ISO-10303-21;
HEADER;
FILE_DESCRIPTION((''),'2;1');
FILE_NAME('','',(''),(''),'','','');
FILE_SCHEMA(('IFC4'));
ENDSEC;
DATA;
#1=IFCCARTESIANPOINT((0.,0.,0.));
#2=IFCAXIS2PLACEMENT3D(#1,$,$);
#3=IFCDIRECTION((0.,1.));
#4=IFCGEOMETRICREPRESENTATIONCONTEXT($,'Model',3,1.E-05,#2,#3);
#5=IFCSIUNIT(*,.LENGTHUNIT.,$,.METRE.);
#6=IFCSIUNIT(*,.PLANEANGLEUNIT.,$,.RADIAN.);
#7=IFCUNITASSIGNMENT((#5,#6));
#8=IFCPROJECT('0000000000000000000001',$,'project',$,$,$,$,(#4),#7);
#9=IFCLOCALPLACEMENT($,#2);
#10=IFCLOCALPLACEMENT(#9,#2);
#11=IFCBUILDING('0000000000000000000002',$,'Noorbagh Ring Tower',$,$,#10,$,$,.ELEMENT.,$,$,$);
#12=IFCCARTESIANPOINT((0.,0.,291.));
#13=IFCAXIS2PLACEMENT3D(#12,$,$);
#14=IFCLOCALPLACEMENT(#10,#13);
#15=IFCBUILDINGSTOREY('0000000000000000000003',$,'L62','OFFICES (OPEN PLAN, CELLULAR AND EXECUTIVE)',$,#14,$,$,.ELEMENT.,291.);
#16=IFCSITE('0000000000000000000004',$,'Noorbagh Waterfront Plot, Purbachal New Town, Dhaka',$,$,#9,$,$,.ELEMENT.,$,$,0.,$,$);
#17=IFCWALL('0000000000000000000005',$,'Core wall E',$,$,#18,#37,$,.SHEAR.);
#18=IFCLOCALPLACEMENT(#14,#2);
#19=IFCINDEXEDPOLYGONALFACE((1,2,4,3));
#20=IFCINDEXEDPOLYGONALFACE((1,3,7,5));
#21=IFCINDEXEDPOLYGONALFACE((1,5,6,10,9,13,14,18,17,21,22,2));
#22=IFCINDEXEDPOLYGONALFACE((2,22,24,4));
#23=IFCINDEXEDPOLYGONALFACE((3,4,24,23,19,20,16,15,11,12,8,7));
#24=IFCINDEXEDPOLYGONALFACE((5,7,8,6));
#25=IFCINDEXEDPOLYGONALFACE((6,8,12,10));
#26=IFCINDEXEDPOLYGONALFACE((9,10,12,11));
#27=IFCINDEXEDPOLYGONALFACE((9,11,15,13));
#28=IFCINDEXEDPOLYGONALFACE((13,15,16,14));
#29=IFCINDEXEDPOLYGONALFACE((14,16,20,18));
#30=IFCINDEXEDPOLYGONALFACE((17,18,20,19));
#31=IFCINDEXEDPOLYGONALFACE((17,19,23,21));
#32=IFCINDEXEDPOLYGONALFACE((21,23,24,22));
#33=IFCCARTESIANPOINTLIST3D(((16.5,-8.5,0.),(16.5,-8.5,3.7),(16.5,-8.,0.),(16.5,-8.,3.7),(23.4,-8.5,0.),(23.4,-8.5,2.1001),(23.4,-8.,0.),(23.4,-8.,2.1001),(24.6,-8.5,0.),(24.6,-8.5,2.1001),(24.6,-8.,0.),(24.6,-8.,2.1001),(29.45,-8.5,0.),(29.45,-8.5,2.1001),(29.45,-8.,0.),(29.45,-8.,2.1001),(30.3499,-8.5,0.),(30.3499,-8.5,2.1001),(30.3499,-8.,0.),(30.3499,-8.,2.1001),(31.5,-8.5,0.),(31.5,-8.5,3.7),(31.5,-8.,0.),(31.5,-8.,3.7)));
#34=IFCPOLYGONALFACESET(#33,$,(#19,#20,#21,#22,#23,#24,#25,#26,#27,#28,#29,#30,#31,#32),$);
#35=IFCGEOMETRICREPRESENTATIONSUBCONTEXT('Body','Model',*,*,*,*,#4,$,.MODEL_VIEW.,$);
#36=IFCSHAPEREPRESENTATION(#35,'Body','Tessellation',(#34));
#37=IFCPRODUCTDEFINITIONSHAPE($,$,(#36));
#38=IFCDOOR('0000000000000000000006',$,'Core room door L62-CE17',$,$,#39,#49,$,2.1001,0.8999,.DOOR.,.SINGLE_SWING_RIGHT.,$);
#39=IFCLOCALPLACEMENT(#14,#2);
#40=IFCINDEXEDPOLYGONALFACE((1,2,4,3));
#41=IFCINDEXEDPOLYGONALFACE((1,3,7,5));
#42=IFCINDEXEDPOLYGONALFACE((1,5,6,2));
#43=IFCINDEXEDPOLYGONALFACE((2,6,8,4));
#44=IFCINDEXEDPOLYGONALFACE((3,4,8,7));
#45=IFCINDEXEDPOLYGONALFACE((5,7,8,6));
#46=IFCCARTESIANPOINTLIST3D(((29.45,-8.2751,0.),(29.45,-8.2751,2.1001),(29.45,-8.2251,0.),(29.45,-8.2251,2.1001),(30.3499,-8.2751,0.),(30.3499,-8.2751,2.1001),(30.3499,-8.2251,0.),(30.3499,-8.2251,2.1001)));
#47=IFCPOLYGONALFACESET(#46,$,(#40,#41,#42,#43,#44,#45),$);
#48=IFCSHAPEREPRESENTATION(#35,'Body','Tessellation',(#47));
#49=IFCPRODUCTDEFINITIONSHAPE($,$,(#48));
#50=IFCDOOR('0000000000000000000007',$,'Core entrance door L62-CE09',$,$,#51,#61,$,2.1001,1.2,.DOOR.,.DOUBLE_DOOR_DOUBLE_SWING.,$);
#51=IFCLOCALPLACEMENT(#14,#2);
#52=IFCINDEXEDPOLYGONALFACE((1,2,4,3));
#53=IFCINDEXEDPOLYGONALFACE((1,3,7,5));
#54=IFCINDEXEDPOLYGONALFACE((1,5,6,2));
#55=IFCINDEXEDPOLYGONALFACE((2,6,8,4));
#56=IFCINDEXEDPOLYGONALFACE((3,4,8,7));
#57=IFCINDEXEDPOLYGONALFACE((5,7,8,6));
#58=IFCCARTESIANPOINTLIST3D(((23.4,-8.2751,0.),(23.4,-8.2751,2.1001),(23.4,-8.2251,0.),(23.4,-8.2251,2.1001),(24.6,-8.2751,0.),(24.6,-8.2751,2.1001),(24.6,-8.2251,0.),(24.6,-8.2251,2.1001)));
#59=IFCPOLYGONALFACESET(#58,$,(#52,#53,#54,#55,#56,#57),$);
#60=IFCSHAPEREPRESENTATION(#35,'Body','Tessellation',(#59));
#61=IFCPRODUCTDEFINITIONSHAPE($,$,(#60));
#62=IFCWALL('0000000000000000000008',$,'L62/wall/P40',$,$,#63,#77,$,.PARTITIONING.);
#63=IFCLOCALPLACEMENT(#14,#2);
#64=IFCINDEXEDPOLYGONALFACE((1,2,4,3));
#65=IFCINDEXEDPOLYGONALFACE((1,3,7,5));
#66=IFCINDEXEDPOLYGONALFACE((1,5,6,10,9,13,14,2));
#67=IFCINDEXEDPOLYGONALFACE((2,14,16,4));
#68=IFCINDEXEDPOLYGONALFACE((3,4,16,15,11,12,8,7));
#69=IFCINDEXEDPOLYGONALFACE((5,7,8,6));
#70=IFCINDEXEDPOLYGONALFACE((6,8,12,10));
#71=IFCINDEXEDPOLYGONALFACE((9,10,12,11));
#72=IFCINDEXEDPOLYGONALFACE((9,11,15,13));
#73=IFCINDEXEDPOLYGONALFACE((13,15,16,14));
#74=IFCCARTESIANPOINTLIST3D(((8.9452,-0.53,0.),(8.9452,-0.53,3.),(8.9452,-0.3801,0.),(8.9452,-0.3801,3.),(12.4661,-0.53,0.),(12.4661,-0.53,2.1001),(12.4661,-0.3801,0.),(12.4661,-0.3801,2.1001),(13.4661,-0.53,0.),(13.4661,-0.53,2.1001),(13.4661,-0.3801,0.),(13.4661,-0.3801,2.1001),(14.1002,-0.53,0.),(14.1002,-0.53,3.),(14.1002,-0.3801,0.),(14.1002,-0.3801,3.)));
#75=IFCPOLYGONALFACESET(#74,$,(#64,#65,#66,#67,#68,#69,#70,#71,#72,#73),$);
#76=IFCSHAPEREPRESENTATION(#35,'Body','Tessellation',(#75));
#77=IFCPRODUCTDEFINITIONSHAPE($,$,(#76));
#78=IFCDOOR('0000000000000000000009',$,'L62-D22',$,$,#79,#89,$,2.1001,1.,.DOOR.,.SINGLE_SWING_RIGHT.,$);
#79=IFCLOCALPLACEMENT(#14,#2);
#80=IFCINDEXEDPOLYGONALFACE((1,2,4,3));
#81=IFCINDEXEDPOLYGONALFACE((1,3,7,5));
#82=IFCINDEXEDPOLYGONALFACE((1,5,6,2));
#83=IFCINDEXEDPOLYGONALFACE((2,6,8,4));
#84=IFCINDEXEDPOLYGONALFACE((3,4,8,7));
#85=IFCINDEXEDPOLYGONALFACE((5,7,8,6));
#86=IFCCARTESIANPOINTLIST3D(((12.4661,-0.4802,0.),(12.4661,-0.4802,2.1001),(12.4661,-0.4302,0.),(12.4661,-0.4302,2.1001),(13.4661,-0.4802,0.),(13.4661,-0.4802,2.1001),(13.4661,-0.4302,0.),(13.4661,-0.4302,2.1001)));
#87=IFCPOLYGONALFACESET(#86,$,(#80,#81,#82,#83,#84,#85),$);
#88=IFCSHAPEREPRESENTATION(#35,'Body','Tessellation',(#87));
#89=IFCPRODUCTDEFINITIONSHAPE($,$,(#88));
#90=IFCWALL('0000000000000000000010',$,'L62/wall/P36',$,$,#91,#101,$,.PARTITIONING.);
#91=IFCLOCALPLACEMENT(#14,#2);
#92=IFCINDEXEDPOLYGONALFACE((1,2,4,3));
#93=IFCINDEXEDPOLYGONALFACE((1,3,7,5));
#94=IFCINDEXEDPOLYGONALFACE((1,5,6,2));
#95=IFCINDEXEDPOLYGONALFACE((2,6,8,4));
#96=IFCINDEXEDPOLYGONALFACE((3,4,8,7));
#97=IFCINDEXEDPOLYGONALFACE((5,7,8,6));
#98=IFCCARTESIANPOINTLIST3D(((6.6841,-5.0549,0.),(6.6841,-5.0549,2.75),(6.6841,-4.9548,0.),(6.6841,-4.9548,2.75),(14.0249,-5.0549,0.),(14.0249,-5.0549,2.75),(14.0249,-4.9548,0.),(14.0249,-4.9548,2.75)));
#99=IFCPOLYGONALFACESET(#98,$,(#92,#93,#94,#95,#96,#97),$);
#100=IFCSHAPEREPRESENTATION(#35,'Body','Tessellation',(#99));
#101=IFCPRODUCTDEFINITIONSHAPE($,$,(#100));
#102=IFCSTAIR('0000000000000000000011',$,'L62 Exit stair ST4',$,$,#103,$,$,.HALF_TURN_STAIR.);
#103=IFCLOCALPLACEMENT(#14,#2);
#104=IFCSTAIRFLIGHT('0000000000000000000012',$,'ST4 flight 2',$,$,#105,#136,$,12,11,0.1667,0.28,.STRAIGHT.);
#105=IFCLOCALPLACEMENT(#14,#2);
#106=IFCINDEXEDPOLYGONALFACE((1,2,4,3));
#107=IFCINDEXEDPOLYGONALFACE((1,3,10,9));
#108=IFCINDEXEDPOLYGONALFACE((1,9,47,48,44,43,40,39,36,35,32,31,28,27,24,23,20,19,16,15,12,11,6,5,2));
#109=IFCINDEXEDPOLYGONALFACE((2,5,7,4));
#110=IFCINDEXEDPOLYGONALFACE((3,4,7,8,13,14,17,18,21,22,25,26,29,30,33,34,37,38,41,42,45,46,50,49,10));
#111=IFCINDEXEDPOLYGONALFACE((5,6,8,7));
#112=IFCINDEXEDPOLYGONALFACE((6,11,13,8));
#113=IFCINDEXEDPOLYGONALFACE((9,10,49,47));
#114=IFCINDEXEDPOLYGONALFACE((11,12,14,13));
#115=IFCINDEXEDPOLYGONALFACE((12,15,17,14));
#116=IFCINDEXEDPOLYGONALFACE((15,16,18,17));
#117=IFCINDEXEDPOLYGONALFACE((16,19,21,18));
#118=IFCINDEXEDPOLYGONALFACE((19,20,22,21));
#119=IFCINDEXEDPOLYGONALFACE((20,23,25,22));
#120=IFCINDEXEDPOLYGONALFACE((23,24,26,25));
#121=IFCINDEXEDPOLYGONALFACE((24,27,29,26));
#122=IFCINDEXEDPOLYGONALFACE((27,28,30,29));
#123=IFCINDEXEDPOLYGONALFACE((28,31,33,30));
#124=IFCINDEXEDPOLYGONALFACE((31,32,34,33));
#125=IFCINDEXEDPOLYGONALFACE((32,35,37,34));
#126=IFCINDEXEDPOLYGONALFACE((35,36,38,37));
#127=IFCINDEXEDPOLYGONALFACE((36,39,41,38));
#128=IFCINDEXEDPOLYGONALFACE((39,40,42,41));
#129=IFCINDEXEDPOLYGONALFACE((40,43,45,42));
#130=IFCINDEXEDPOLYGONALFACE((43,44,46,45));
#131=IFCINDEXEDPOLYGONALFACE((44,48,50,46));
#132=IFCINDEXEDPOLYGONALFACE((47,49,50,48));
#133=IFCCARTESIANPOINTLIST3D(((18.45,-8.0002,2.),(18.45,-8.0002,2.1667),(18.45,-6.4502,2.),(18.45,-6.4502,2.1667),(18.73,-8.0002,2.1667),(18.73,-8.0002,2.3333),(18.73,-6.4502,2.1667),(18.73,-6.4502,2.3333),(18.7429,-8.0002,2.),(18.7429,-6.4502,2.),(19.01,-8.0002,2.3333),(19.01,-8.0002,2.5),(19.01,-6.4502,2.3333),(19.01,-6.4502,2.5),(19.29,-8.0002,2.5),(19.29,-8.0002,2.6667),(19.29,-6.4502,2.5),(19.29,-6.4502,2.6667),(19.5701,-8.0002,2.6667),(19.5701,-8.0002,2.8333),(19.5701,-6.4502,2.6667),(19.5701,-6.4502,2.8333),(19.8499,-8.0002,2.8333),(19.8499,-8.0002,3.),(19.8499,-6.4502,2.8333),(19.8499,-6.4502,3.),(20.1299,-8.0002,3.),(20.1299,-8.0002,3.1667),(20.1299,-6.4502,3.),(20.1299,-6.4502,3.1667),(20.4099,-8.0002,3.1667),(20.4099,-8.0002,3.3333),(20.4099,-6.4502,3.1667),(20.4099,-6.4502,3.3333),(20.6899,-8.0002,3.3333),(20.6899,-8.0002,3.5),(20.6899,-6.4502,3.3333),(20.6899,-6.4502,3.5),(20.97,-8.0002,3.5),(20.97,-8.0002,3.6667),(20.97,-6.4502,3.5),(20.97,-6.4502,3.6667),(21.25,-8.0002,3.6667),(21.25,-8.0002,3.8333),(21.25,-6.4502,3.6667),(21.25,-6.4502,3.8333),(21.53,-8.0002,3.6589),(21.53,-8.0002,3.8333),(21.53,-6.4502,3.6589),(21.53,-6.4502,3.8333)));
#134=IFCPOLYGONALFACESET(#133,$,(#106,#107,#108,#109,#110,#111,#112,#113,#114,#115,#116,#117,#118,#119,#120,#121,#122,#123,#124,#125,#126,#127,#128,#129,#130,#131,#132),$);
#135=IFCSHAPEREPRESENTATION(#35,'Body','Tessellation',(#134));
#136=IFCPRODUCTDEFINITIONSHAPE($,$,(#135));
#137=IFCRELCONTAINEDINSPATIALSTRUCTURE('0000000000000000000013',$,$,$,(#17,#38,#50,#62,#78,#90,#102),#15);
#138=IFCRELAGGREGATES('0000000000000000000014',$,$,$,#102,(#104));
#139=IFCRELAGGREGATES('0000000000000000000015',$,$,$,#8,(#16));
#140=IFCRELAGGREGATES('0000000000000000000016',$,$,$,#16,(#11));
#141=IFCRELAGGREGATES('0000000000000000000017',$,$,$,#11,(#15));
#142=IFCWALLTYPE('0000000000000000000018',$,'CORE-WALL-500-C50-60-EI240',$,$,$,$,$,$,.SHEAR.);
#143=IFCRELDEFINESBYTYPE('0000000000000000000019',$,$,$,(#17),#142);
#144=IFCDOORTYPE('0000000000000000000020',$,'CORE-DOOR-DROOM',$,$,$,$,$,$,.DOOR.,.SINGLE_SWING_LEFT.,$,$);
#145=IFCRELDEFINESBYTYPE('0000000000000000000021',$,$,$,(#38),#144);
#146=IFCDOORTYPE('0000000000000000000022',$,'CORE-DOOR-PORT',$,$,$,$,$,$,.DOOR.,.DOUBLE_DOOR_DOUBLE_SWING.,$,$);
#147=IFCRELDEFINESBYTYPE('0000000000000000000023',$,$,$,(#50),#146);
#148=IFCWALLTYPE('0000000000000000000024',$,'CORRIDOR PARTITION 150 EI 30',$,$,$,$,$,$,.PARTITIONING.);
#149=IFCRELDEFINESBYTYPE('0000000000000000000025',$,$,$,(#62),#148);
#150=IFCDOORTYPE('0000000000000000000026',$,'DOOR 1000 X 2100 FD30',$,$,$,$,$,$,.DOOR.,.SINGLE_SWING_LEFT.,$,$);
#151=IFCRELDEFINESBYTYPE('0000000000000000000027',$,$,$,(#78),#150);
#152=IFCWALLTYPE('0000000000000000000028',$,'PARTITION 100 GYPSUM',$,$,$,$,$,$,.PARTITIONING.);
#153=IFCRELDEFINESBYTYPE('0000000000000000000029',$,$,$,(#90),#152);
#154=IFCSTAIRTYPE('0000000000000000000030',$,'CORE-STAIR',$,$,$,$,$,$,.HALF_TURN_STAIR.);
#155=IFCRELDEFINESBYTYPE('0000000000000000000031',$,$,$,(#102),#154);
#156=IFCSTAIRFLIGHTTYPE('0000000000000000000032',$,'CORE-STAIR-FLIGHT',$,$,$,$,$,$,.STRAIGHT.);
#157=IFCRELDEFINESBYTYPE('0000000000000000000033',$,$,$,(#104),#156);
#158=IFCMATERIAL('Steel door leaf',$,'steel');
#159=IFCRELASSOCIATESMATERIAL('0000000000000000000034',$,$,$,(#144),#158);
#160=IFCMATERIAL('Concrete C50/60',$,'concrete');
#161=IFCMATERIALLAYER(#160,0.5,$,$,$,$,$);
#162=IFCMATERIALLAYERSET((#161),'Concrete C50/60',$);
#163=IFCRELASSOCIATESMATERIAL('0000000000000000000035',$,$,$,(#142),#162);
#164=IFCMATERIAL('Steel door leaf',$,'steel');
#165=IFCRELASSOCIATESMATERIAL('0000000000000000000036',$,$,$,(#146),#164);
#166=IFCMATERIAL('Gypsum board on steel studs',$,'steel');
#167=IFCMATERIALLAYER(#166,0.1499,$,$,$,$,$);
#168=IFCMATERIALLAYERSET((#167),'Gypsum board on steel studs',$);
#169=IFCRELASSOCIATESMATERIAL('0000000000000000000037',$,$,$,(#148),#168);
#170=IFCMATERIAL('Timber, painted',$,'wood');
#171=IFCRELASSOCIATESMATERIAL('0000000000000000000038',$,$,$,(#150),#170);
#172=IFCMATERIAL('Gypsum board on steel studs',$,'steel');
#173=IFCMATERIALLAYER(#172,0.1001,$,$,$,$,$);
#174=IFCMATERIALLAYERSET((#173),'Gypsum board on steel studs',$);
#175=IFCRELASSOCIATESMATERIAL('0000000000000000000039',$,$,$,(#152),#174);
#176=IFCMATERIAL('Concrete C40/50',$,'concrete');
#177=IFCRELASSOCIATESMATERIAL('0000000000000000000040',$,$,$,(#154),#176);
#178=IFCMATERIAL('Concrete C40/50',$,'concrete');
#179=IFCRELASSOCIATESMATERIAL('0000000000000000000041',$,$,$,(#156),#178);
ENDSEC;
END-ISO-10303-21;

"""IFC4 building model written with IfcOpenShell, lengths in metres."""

from ifc_helpers import new_model, si_unit, direction, frame, frame_2d, origin, place, context, subcontext, project, spatial, polyline, rectangle, outline, extrude, material, layer, layer_set, type_object, element, fill, aggregate, save


model = new_model("IFC4")

# Units and contexts
model_context = context("Model", 3, precision=1e-05, world=origin(), true_north=direction((0.0, 1.0)))
body_context = subcontext(model_context, "Body", "Model", "MODEL_VIEW")
ifc_project = project(units=[si_unit("LENGTHUNIT", "METRE"), si_unit("PLANEANGLEUNIT", "RADIAN")], contexts=[model_context])

# Site, building, storey
site_placement = place(None, origin())
site = spatial("IfcSite", under=ifc_project, at=site_placement, Name="Noorbagh Waterfront Plot, Purbachal New Town, Dhaka", CompositionType="ELEMENT", RefElevation=0.0)
building_placement = place(site_placement, origin())
building = spatial("IfcBuilding", under=site, at=building_placement, Name="Noorbagh Ring Tower", CompositionType="ELEMENT")
storey_placement = place(building_placement, frame((0.0, 0.0, 291.0)))
storey = spatial("IfcBuildingStorey", under=building, at=storey_placement, Name="L62", Description="OFFICES (OPEN PLAN, CELLULAR AND EXECUTIVE)", CompositionType="ELEMENT", Elevation=291.0)

# Shared definitions
ifc_material_1 = material(Name="Steel door leaf", Category="steel")
door_type_1 = type_object("IfcDoorType", Name="CORE-DOOR-DROOM", OperationType="SINGLE_SWING_LEFT", PredefinedType="DOOR", material=ifc_material_1)

# Wall, openings, doors
ifc_material_2 = material(Name="Concrete C50/60", Category="concrete")
ifc_layer_1 = layer(ifc_material_2, 0.5)
ifc_layer_set_1 = layer_set([ifc_layer_1], Name="Concrete C50/60")
wall_type_1 = type_object("IfcWallType", Name="CORE-WALL-500-C50-60-EI240", PredefinedType="SHEAR", material=ifc_layer_set_1)
wall_1_placement = place(storey_placement, frame((16.5, -8.25, 0.0), z_axis=(0.0, 0.0, 1.0), x_axis=(1.0, 0.0, 0.0)))
wall_1 = element("IfcWall", 1, at=wall_1_placement, inside=storey, type_object=wall_type_1, Name="Core wall E", PredefinedType="SHEAR", context=body_context, shape_type="SweptSolid", body=[
    extrude(rectangle(XDim=15.0, YDim=0.5, at=frame_2d((7.5, 0.0))), origin(), (0.0, 0.0, 1.0), 3.7),
])
opening_1_placement = place(wall_1_placement, frame((6.8999, 0.0, 0.0)))
opening_1 = element("IfcOpeningElement", 2, at=opening_1_placement, cuts=wall_1, PredefinedType="OPENING", context=body_context, shape_type="SweptSolid", body=[
    extrude(rectangle(XDim=1.2, YDim=2.1001, at=frame_2d((0.6001, 1.05))), frame((0.0, 0.26, 0.0), z_axis=(0.0, -1.0, 0.0), x_axis=(1.0, 0.0, 0.0)), (0.0, 0.0, 1.0), 0.52),
])
opening_2_placement = place(wall_1_placement, frame((12.95, 0.0, 0.0)))
opening_2 = element("IfcOpeningElement", 3, at=opening_2_placement, cuts=wall_1, PredefinedType="OPENING", context=body_context, shape_type="SweptSolid", body=[
    extrude(rectangle(XDim=0.8999, YDim=2.1001, at=frame_2d((0.45, 1.05))), frame((0.0, 0.26, 0.0), z_axis=(0.0, -1.0, 0.0), x_axis=(1.0, 0.0, 0.0)), (0.0, 0.0, 1.0), 0.52),
])
door_1_placement = place(opening_2_placement, origin())
door_1 = element("IfcDoor", 4, at=door_1_placement, inside=storey, type_object=door_type_1, Name="Core room door L62-CE17", OperationType="SINGLE_SWING_RIGHT", OverallHeight=2.1001, OverallWidth=0.8999, PredefinedType="DOOR", context=body_context, shape_type="SweptSolid", body=[
    extrude(rectangle(XDim=0.8999, YDim=2.1001, at=frame_2d((0.45, 1.05))), frame((0.0, 0.0249, 0.0), z_axis=(0.0, -1.0, 0.0), x_axis=(1.0, 0.0, 0.0)), (0.0, 0.0, 1.0), 0.05),
])
fill(opening_2, door_1)
ifc_material_3 = material(Name="Steel door leaf", Category="steel")
door_type_2 = type_object("IfcDoorType", Name="CORE-DOOR-PORT", OperationType="DOUBLE_DOOR_DOUBLE_SWING", PredefinedType="DOOR", material=ifc_material_3)
door_2_placement = place(opening_1_placement, origin())
door_2 = element("IfcDoor", 5, at=door_2_placement, inside=storey, type_object=door_type_2, Name="Core entrance door L62-CE09", OperationType="DOUBLE_DOOR_DOUBLE_SWING", OverallHeight=2.1001, OverallWidth=1.2, PredefinedType="DOOR", context=body_context, shape_type="SweptSolid", body=[
    extrude(rectangle(XDim=1.2, YDim=2.1001, at=frame_2d((0.6001, 1.05))), frame((0.0, 0.0249, 0.0), z_axis=(0.0, -1.0, 0.0), x_axis=(1.0, 0.0, 0.0)), (0.0, 0.0, 1.0), 0.05),
])
fill(opening_1, door_2)

# Wall, opening, door
ifc_material_4 = material(Name="Gypsum board on steel studs", Category="steel")
ifc_layer_2 = layer(ifc_material_4, 0.1499)
ifc_layer_set_2 = layer_set([ifc_layer_2], Name="Gypsum board on steel studs")
wall_type_2 = type_object("IfcWallType", Name="CORRIDOR PARTITION 150 EI 30", PredefinedType="PARTITIONING", material=ifc_layer_set_2)
wall_2_placement = place(storey_placement, frame((8.9451, -0.4551, 0.0), z_axis=(0.0, 0.0, 1.0), x_axis=(1.0, 0.0, 0.0)))
wall_2 = element("IfcWall", 6, at=wall_2_placement, inside=storey, type_object=wall_type_2, Name="L62/wall/P40", PredefinedType="PARTITIONING", context=body_context, shape_type="SweptSolid", body=[
    extrude(rectangle(XDim=5.155, YDim=0.1499, at=frame_2d((2.5776, 0.0))), origin(), (0.0, 0.0, 1.0), 3.0),
])
opening_3_placement = place(wall_2_placement, frame((3.521, 0.0, 0.0)))
opening_3 = element("IfcOpeningElement", 7, at=opening_3_placement, cuts=wall_2, PredefinedType="OPENING", context=body_context, shape_type="SweptSolid", body=[
    extrude(rectangle(XDim=1.0, YDim=2.1001, at=frame_2d((0.5, 1.05))), frame((0.0, 0.085, 0.0), z_axis=(0.0, -1.0, 0.0), x_axis=(1.0, 0.0, 0.0)), (0.0, 0.0, 1.0), 0.1699),
])
ifc_material_5 = material(Name="Timber, painted", Category="wood")
door_type_3 = type_object("IfcDoorType", Name="DOOR 1000 X 2100 FD30", OperationType="SINGLE_SWING_LEFT", PredefinedType="DOOR", material=ifc_material_5)
door_3_placement = place(opening_3_placement, origin())
door_3 = element("IfcDoor", 8, at=door_3_placement, inside=storey, type_object=door_type_3, Name="L62-D22", OperationType="SINGLE_SWING_RIGHT", OverallHeight=2.1001, OverallWidth=1.0, PredefinedType="DOOR", context=body_context, shape_type="SweptSolid", body=[
    extrude(rectangle(XDim=1.0, YDim=2.1001, at=frame_2d((0.5, 1.05))), frame((0.0, 0.0249, 0.0), z_axis=(0.0, -1.0, 0.0), x_axis=(1.0, 0.0, 0.0)), (0.0, 0.0, 1.0), 0.05),
])
fill(opening_3, door_3)

# Wall
ifc_material_6 = material(Name="Gypsum board on steel studs", Category="steel")
ifc_layer_3 = layer(ifc_material_6, 0.1001)
ifc_layer_set_3 = layer_set([ifc_layer_3], Name="Gypsum board on steel studs")
wall_type_3 = type_object("IfcWallType", Name="PARTITION 100 GYPSUM", PredefinedType="PARTITIONING", material=ifc_layer_set_3)
wall_3_placement = place(storey_placement, frame((6.6841, -5.0049, 0.0), z_axis=(0.0, 0.0, 1.0), x_axis=(1.0, 0.0, 0.0)))
element("IfcWall", 9, at=wall_3_placement, inside=storey, type_object=wall_type_3, Name="L62/wall/P36", PredefinedType="PARTITIONING", context=body_context, shape_type="SweptSolid", body=[
    extrude(rectangle(XDim=7.3408, YDim=0.1001, at=frame_2d((3.6704, 0.0))), origin(), (0.0, 0.0, 1.0), 2.75),
])

# Stair, stair flight
ifc_material_7 = material(Name="Concrete C40/50", Category="concrete")
stair_type = type_object("IfcStairType", Name="CORE-STAIR", PredefinedType="HALF_TURN_STAIR", material=ifc_material_7)
stair_placement = place(storey_placement, origin())
stair = element("IfcStair", 10, at=stair_placement, inside=storey, type_object=stair_type, Name="L62 Exit stair ST4", PredefinedType="HALF_TURN_STAIR")
ifc_material_8 = material(Name="Concrete C40/50", Category="concrete")
stair_flight_type = type_object("IfcStairFlightType", Name="CORE-STAIR-FLIGHT", PredefinedType="STRAIGHT", material=ifc_material_8)
stair_flight_placement = place(storey_placement, frame((18.45, -7.2251, 2.0), z_axis=(0.0, 0.0, 1.0), x_axis=(1.0, 0.0, 0.0)))
stair_flight = element("IfcStairFlight", 11, at=stair_flight_placement, type_object=stair_flight_type, Name="ST4 flight 2", NumberOfRisers=12, NumberOfTreads=11, PredefinedType="STRAIGHT", RiserHeight=0.1667, TreadLength=0.28, context=body_context, shape_type="SweptSolid", body=[
    extrude(outline(polyline([(0.0, 0.0), (0.0, 0.1667), (0.28, 0.1667), (0.28, 0.3333), (0.5601, 0.3333), (0.5601, 0.5), (0.8401, 0.5), (0.8401, 0.6667), (1.1201, 0.6667), (1.1201, 0.8333), (1.3999, 0.8333), (1.3999, 1.0), (1.6799, 1.0), (1.6799, 1.1667), (1.96, 1.1667), (1.96, 1.3333), (2.24, 1.3333), (2.24, 1.5), (2.52, 1.5), (2.52, 1.6667), (2.8, 1.6667), (2.8, 1.8333), (3.0801, 1.8333), (3.0801, 2.0), (3.0801, 1.6589), (0.293, 0.0), (0.0, 0.0)])), frame((0.0, 0.7749, 0.0), z_axis=(0.0, -1.0, 0.0), x_axis=(1.0, 0.0, 0.0)), (0.0, 0.0, 1.0), 1.55),
])
aggregate(stair, [stair_flight])

save(model, "model.ifc")
